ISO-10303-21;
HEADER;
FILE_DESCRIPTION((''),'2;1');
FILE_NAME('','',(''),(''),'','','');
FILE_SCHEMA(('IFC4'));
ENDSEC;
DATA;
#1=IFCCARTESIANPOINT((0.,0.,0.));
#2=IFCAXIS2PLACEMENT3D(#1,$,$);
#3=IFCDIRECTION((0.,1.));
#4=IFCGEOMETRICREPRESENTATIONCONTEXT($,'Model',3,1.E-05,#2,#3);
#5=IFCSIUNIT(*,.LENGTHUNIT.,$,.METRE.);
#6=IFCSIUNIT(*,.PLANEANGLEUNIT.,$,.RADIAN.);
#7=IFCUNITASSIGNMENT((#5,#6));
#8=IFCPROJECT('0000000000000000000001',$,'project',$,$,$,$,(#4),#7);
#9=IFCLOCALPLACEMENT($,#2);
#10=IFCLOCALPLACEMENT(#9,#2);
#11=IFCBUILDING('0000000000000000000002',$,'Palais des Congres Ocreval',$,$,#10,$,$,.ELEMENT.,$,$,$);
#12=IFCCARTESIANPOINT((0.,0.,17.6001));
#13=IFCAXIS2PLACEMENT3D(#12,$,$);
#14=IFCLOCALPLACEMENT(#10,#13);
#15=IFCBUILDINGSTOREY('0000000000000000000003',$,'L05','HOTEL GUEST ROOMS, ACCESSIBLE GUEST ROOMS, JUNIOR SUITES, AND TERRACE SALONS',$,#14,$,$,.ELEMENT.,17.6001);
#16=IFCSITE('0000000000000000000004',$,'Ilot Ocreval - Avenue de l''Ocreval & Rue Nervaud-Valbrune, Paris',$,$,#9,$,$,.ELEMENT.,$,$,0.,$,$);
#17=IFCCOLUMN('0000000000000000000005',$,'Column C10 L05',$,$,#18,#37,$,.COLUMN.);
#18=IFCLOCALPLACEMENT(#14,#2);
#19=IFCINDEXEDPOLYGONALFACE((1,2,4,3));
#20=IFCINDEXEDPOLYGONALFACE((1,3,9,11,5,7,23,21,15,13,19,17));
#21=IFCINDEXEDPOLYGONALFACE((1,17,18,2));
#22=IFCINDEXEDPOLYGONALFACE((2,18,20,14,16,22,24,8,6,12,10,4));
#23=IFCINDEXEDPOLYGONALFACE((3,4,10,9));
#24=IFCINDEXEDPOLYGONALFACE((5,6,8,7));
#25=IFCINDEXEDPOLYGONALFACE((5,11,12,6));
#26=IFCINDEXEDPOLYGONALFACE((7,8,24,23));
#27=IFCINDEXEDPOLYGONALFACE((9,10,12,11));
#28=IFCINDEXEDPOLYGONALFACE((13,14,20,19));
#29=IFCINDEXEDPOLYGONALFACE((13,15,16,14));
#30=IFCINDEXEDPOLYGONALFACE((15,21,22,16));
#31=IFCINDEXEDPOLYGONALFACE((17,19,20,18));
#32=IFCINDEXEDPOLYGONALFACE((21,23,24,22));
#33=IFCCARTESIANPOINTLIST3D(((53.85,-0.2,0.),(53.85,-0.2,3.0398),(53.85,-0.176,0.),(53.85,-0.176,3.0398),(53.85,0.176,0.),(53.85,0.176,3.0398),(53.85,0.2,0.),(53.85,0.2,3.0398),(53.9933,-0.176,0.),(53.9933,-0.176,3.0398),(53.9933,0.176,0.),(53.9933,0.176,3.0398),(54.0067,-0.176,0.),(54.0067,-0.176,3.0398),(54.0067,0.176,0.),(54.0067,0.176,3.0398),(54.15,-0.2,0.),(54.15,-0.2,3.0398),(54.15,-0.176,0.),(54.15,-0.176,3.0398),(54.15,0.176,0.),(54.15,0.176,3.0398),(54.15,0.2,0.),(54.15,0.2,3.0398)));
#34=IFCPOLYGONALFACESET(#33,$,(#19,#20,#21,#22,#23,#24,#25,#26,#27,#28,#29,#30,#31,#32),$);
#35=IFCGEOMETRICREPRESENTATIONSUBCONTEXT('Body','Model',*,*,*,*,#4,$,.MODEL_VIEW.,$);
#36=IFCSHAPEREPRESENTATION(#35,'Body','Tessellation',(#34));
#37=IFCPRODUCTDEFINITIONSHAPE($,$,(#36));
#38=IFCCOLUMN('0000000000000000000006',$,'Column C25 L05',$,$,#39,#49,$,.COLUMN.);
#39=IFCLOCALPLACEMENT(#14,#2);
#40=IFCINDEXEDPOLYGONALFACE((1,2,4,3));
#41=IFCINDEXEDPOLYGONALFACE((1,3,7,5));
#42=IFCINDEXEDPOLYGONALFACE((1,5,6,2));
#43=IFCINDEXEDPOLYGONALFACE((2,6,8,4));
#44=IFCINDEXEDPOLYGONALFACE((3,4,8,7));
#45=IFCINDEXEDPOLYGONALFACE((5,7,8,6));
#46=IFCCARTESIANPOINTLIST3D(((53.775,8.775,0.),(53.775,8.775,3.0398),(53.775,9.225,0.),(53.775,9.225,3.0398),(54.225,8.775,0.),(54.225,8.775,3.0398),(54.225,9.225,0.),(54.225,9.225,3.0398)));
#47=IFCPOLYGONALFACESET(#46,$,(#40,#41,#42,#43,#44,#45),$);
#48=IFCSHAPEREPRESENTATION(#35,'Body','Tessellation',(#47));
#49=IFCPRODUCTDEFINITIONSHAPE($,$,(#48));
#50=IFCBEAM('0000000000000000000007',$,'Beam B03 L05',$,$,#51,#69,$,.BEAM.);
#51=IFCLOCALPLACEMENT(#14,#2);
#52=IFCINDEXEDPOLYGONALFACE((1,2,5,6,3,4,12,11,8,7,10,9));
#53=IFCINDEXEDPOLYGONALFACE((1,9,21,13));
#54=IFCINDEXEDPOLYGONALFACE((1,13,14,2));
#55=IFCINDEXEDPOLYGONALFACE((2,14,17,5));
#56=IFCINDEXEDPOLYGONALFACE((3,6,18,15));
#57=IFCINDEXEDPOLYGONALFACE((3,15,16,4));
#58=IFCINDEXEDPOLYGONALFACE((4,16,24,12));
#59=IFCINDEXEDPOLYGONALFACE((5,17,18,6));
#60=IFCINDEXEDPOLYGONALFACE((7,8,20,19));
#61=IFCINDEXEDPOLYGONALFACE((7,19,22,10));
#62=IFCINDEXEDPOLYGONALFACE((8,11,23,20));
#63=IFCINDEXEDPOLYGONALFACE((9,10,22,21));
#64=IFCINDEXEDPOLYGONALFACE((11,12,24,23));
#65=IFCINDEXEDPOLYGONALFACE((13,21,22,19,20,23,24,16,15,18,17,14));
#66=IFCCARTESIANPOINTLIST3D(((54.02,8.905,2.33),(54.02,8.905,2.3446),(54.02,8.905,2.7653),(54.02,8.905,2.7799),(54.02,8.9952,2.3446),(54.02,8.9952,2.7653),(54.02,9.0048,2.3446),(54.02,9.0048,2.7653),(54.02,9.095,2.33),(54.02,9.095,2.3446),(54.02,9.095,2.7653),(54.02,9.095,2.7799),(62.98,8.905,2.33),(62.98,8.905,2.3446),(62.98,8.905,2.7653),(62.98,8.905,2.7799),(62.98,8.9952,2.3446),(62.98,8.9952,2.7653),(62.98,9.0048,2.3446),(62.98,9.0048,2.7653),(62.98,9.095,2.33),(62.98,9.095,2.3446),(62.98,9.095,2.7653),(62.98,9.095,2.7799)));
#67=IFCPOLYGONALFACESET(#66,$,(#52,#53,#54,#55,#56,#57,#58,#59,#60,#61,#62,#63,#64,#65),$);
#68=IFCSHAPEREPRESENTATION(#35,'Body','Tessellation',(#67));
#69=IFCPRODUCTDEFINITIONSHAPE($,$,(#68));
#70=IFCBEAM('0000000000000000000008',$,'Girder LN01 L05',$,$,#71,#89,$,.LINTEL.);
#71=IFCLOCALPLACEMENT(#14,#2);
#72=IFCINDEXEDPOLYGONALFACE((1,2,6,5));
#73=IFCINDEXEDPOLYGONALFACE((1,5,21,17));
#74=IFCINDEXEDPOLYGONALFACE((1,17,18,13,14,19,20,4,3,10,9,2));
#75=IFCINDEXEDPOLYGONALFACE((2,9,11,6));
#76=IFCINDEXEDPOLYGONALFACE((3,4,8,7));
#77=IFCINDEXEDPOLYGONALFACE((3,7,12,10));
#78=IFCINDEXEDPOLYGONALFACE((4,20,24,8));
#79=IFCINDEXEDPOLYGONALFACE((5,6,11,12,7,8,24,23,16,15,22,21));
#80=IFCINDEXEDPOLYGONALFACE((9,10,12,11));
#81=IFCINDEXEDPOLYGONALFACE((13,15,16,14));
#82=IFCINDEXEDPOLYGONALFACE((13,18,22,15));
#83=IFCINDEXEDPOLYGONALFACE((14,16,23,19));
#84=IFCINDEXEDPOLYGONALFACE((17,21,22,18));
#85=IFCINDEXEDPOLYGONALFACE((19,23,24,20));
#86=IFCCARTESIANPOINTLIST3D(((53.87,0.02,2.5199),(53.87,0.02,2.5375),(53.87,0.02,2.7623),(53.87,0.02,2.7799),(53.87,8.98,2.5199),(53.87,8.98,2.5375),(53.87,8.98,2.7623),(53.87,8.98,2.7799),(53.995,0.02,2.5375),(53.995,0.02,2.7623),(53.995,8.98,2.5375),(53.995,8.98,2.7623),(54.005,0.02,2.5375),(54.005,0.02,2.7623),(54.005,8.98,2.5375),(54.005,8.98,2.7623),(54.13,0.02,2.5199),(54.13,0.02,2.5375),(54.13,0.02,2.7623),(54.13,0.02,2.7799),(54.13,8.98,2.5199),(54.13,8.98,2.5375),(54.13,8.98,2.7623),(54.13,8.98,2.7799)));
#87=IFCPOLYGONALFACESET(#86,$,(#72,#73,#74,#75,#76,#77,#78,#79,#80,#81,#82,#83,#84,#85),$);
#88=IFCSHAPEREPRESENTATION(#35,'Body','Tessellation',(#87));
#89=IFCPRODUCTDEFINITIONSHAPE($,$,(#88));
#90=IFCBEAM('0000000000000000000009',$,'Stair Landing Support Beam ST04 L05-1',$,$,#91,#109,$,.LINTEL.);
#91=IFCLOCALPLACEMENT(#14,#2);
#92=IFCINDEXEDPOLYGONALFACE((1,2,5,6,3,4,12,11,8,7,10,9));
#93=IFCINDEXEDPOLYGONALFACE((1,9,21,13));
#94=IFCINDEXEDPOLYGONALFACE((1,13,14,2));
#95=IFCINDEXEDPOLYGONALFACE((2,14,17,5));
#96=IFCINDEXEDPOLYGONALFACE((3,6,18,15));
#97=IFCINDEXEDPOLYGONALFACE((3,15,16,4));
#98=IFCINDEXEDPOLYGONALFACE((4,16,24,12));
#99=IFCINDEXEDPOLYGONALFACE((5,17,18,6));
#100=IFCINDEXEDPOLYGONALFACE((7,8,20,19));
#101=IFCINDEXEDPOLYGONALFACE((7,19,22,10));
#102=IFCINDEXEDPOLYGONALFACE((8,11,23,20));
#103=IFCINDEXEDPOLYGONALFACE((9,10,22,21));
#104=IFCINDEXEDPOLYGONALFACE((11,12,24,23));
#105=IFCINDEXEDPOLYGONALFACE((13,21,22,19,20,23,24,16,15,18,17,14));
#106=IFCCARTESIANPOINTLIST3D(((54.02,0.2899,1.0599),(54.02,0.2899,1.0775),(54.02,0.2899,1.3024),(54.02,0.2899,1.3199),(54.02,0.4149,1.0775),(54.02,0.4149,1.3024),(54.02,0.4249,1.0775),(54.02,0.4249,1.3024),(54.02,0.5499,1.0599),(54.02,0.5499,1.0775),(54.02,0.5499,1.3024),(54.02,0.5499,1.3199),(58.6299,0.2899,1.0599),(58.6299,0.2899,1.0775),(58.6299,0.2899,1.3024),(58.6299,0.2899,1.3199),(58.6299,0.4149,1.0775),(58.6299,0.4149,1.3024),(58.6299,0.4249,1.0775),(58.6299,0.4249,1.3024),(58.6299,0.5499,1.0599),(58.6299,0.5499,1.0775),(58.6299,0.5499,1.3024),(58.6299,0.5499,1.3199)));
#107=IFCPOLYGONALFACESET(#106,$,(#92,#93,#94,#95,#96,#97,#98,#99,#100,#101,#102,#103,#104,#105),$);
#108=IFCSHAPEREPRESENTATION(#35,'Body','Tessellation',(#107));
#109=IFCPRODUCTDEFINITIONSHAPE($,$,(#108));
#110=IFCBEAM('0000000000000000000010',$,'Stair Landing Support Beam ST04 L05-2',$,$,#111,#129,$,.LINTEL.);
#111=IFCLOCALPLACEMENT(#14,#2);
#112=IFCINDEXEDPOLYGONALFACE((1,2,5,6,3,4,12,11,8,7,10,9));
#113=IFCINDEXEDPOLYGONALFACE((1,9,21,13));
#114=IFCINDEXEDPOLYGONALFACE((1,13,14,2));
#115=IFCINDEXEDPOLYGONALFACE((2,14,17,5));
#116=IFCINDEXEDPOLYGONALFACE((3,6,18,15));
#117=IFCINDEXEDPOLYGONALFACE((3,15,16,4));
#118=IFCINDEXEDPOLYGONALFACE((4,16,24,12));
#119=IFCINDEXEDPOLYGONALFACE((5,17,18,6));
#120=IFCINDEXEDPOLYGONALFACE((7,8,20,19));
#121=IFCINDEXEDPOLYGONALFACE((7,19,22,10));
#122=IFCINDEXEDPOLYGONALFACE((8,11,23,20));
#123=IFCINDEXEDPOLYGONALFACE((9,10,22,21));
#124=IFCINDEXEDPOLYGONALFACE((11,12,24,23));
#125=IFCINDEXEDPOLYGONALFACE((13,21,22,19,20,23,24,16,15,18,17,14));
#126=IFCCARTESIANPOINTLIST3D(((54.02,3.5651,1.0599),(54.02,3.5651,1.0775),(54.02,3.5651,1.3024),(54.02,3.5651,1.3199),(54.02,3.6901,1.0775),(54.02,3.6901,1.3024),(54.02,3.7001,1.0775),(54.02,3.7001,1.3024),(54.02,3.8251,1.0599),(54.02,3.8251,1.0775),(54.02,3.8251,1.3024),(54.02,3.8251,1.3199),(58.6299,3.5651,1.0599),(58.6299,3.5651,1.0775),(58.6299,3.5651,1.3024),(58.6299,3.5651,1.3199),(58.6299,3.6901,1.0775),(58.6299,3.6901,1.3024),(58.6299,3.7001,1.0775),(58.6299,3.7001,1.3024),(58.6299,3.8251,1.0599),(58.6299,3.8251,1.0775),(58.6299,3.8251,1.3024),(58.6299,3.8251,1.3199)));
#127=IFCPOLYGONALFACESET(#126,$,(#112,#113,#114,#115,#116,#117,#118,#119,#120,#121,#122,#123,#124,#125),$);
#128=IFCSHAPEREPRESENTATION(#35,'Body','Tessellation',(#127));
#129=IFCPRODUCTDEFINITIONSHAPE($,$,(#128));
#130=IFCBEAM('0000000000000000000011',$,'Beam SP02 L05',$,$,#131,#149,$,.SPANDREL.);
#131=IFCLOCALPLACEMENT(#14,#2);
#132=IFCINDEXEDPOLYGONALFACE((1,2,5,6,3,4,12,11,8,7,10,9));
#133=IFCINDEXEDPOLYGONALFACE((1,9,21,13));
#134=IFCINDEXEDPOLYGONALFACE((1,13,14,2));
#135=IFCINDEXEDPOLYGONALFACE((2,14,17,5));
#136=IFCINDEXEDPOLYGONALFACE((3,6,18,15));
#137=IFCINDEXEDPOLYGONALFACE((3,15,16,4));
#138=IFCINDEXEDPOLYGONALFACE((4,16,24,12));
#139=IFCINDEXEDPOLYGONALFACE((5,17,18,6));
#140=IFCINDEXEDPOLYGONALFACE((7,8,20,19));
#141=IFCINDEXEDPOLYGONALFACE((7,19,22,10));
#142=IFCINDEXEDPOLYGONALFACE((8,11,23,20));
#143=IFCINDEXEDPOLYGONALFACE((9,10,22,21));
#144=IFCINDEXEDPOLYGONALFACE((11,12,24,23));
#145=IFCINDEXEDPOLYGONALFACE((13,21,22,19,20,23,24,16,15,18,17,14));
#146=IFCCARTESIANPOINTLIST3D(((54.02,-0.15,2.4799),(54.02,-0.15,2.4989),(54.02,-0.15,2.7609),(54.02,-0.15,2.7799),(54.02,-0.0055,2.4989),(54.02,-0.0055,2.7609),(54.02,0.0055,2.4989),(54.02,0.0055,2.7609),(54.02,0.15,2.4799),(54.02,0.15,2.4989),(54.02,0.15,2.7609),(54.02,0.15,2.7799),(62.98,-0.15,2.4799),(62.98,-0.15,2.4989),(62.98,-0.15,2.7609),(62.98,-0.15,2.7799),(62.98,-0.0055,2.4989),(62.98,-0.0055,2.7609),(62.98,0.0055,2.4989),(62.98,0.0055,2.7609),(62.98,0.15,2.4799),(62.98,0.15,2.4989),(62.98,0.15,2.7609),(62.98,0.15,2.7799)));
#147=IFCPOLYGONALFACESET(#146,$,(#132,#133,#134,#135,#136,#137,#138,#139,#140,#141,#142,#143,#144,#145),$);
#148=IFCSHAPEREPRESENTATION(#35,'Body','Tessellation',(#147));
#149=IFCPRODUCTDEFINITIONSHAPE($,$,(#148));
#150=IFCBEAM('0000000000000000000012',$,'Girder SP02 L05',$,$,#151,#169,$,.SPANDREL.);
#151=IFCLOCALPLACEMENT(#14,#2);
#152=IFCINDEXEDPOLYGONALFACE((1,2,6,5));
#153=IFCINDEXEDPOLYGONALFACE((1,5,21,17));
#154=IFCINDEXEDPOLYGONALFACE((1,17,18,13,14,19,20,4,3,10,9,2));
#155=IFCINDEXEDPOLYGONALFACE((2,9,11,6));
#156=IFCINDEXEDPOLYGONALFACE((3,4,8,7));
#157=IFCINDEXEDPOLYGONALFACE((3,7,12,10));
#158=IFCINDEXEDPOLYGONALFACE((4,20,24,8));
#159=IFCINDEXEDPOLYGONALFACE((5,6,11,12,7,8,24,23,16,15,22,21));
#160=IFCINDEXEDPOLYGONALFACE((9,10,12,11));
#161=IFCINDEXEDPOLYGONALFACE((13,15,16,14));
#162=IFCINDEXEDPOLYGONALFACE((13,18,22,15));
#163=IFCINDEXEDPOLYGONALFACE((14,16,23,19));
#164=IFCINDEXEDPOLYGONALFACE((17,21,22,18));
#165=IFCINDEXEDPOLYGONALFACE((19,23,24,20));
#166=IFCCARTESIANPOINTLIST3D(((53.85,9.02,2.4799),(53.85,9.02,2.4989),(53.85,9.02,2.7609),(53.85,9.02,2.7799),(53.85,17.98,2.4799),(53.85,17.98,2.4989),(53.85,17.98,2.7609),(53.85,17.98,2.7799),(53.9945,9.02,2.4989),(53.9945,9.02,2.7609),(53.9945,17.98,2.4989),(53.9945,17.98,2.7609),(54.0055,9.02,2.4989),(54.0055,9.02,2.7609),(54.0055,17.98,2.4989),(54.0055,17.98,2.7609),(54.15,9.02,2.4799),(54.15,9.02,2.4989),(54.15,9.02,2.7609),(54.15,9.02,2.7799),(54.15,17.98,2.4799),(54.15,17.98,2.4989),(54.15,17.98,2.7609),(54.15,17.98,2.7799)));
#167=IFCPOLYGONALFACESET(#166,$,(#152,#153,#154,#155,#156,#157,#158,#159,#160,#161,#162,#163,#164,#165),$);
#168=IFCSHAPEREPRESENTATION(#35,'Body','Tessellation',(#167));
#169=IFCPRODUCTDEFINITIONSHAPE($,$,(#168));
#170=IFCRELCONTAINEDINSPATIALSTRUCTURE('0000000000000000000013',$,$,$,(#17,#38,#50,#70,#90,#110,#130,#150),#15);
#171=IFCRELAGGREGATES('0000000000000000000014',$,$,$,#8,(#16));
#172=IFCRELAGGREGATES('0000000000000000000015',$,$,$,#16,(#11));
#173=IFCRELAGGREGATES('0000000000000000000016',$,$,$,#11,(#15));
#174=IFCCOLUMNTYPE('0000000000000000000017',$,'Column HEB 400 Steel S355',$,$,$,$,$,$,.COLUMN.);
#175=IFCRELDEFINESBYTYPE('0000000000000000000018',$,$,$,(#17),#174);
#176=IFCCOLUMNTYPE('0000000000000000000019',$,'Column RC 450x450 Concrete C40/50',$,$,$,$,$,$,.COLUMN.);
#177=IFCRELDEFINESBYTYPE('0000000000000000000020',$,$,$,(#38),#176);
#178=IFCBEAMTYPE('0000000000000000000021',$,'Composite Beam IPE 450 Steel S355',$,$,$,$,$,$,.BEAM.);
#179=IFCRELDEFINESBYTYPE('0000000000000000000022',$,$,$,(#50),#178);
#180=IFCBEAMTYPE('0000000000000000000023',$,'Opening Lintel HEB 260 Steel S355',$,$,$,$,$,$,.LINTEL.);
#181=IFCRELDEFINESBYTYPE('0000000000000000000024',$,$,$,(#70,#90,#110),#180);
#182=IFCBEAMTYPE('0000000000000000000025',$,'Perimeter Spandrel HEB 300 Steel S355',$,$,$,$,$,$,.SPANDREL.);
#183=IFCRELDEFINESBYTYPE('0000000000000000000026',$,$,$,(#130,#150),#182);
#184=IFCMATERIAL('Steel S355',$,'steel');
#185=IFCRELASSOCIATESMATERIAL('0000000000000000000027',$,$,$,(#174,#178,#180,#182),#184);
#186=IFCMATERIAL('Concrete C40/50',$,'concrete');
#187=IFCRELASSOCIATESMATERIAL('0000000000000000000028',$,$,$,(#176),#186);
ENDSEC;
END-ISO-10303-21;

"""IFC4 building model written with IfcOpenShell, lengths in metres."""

from ifc_helpers import new_model, si_unit, direction, frame, origin, origin_2d, place, context, subcontext, project, spatial, rectangle, i_section, extrude, material, material_profile, profile_set, type_object, element, save


model = new_model("IFC4")

# Units and contexts
model_context = context("Model", 3, precision=1e-05, world=origin(), true_north=direction((0.0, 1.0)))
body_context = subcontext(model_context, "Body", "Model", "MODEL_VIEW")
ifc_project = project(units=[si_unit("LENGTHUNIT", "METRE"), si_unit("PLANEANGLEUNIT", "RADIAN")], contexts=[model_context])

# Site, building, storey
site_placement = place(None, origin())
site = spatial("IfcSite", under=ifc_project, at=site_placement, Name="Ilot Ocreval - Avenue de l'Ocreval & Rue Nervaud-Valbrune, Paris", CompositionType="ELEMENT", RefElevation=0.0)
building_placement = place(site_placement, origin())
building = spatial("IfcBuilding", under=site, at=building_placement, Name="Palais des Congres Ocreval", CompositionType="ELEMENT")
storey_placement = place(building_placement, frame((0.0, 0.0, 17.6001)))
storey = spatial("IfcBuildingStorey", under=building, at=storey_placement, Name="L05", Description="HOTEL GUEST ROOMS, ACCESSIBLE GUEST ROOMS, JUNIOR SUITES, AND TERRACE SALONS", CompositionType="ELEMENT", Elevation=17.6001)

# Columns
ifc_material_1 = material(Name="Steel S355", Category="steel")
ifc_material_profile_1 = material_profile(ifc_material_1, i_section(OverallWidth=0.3, OverallDepth=0.3999, WebThickness=0.0134, FlangeThickness=0.0239, at=origin_2d()), Name="HEB 400")
ifc_profile_set_1 = profile_set([ifc_material_profile_1], Name="Steel S355")
column_type_1 = type_object("IfcColumnType", Name="Column HEB 400 Steel S355", PredefinedType="COLUMN", material=ifc_profile_set_1)
column_1_placement = place(storey_placement, frame((54.0, 0.0, 0.0), z_axis=(0.0, 0.0, 1.0), x_axis=(1.0, 0.0, 0.0)))
element("IfcColumn", 1, at=column_1_placement, inside=storey, type_object=column_type_1, Name="Column C10 L05", PredefinedType="COLUMN", context=body_context, shape_type="SweptSolid", body=[
    extrude(i_section(OverallWidth=0.3, OverallDepth=0.3999, WebThickness=0.0134, FlangeThickness=0.0239, at=origin_2d()), origin(), (0.0, 0.0, 1.0), 3.0398),
])
ifc_material_2 = material(Name="Concrete C40/50", Category="concrete")
ifc_material_profile_2 = material_profile(ifc_material_2, rectangle(XDim=0.45, YDim=0.45, at=origin_2d()), Name="RC 450x450")
ifc_profile_set_2 = profile_set([ifc_material_profile_2], Name="Concrete C40/50")
column_type_2 = type_object("IfcColumnType", Name="Column RC 450x450 Concrete C40/50", PredefinedType="COLUMN", material=ifc_profile_set_2)
column_2_placement = place(storey_placement, frame((54.0, 9.0, 0.0), z_axis=(0.0, 0.0, 1.0), x_axis=(1.0, 0.0, 0.0)))
element("IfcColumn", 2, at=column_2_placement, inside=storey, type_object=column_type_2, Name="Column C25 L05", PredefinedType="COLUMN", context=body_context, shape_type="SweptSolid", body=[
    extrude(rectangle(XDim=0.45, YDim=0.45, at=origin_2d()), origin(), (0.0, 0.0, 1.0), 3.0398),
])

# Beams
ifc_material_profile_3 = material_profile(ifc_material_1, i_section(OverallWidth=0.1899, OverallDepth=0.45, WebThickness=0.0095, FlangeThickness=0.0146, at=origin_2d()), Name="IPE 450")
ifc_profile_set_3 = profile_set([ifc_material_profile_3], Name="Steel S355")
beam_type_1 = type_object("IfcBeamType", Name="Composite Beam IPE 450 Steel S355", PredefinedType="BEAM", material=ifc_profile_set_3)
beam_1_placement = place(storey_placement, frame((54.02, 9.0, 2.5549), z_axis=(1.0, 0.0, 0.0), x_axis=(0.0, 1.0, 0.0)))
element("IfcBeam", 3, at=beam_1_placement, inside=storey, type_object=beam_type_1, Name="Beam B03 L05", PredefinedType="BEAM", context=body_context, shape_type="SweptSolid", body=[
    extrude(i_section(OverallWidth=0.1899, OverallDepth=0.45, WebThickness=0.0095, FlangeThickness=0.0146, at=origin_2d()), origin(), (0.0, 0.0, 1.0), 8.96),
])
ifc_material_profile_4 = material_profile(ifc_material_1, i_section(OverallWidth=0.26, OverallDepth=0.26, WebThickness=0.01, FlangeThickness=0.0176, at=origin_2d()), Name="HEB 260")
ifc_profile_set_4 = profile_set([ifc_material_profile_4], Name="Steel S355")
beam_type_2 = type_object("IfcBeamType", Name="Opening Lintel HEB 260 Steel S355", PredefinedType="LINTEL", material=ifc_profile_set_4)
beam_2_placement = place(storey_placement, frame((54.0, 0.02, 2.6499), z_axis=(0.0, 1.0, 0.0), x_axis=(-1.0, 0.0, 0.0)))
element("IfcBeam", 4, at=beam_2_placement, inside=storey, type_object=beam_type_2, Name="Girder LN01 L05", PredefinedType="LINTEL", context=body_context, shape_type="SweptSolid", body=[
    extrude(i_section(OverallWidth=0.26, OverallDepth=0.26, WebThickness=0.01, FlangeThickness=0.0176, at=origin_2d()), origin(), (0.0, 0.0, 1.0), 8.96),
])
for number, where, z_axis, x_axis, name in (
    (5, (54.02, 0.4199, 1.1899), (1.0, 0.0, 0.0), (0.0, 1.0, 0.0), "Stair Landing Support Beam ST04 L05-1"),
    (6, (54.02, 3.6951, 1.1899), (1.0, 0.0, 0.0), (0.0, 1.0, 0.0), "Stair Landing Support Beam ST04 L05-2"),
):
    element("IfcBeam", number, at=place(storey_placement, frame(where, z_axis=z_axis, x_axis=x_axis)), inside=storey, type_object=beam_type_2, Name=name, PredefinedType="LINTEL", context=body_context, shape_type="SweptSolid", body=[
        extrude(i_section(OverallWidth=0.26, OverallDepth=0.26, WebThickness=0.01, FlangeThickness=0.0176, at=origin_2d()), origin(), (0.0, 0.0, 1.0), 4.6099),
    ])
ifc_material_profile_5 = material_profile(ifc_material_1, i_section(OverallWidth=0.3, OverallDepth=0.3, WebThickness=0.011, FlangeThickness=0.019, at=origin_2d()), Name="HEB 300")
ifc_profile_set_5 = profile_set([ifc_material_profile_5], Name="Steel S355")
beam_type_3 = type_object("IfcBeamType", Name="Perimeter Spandrel HEB 300 Steel S355", PredefinedType="SPANDREL", material=ifc_profile_set_5)
for number, where, z_axis, x_axis, name in (
    (7, (54.02, 0.0, 2.6299), (1.0, 0.0, 0.0), (0.0, 1.0, 0.0), "Beam SP02 L05"),
    (8, (54.0, 9.02, 2.6299), (0.0, 1.0, 0.0), (-1.0, 0.0, 0.0), "Girder SP02 L05"),
):
    element("IfcBeam", number, at=place(storey_placement, frame(where, z_axis=z_axis, x_axis=x_axis)), inside=storey, type_object=beam_type_3, Name=name, PredefinedType="SPANDREL", context=body_context, shape_type="SweptSolid", body=[
        extrude(i_section(OverallWidth=0.3, OverallDepth=0.3, WebThickness=0.011, FlangeThickness=0.019, at=origin_2d()), origin(), (0.0, 0.0, 1.0), 8.96),
    ])

save(model, "model.ifc")
